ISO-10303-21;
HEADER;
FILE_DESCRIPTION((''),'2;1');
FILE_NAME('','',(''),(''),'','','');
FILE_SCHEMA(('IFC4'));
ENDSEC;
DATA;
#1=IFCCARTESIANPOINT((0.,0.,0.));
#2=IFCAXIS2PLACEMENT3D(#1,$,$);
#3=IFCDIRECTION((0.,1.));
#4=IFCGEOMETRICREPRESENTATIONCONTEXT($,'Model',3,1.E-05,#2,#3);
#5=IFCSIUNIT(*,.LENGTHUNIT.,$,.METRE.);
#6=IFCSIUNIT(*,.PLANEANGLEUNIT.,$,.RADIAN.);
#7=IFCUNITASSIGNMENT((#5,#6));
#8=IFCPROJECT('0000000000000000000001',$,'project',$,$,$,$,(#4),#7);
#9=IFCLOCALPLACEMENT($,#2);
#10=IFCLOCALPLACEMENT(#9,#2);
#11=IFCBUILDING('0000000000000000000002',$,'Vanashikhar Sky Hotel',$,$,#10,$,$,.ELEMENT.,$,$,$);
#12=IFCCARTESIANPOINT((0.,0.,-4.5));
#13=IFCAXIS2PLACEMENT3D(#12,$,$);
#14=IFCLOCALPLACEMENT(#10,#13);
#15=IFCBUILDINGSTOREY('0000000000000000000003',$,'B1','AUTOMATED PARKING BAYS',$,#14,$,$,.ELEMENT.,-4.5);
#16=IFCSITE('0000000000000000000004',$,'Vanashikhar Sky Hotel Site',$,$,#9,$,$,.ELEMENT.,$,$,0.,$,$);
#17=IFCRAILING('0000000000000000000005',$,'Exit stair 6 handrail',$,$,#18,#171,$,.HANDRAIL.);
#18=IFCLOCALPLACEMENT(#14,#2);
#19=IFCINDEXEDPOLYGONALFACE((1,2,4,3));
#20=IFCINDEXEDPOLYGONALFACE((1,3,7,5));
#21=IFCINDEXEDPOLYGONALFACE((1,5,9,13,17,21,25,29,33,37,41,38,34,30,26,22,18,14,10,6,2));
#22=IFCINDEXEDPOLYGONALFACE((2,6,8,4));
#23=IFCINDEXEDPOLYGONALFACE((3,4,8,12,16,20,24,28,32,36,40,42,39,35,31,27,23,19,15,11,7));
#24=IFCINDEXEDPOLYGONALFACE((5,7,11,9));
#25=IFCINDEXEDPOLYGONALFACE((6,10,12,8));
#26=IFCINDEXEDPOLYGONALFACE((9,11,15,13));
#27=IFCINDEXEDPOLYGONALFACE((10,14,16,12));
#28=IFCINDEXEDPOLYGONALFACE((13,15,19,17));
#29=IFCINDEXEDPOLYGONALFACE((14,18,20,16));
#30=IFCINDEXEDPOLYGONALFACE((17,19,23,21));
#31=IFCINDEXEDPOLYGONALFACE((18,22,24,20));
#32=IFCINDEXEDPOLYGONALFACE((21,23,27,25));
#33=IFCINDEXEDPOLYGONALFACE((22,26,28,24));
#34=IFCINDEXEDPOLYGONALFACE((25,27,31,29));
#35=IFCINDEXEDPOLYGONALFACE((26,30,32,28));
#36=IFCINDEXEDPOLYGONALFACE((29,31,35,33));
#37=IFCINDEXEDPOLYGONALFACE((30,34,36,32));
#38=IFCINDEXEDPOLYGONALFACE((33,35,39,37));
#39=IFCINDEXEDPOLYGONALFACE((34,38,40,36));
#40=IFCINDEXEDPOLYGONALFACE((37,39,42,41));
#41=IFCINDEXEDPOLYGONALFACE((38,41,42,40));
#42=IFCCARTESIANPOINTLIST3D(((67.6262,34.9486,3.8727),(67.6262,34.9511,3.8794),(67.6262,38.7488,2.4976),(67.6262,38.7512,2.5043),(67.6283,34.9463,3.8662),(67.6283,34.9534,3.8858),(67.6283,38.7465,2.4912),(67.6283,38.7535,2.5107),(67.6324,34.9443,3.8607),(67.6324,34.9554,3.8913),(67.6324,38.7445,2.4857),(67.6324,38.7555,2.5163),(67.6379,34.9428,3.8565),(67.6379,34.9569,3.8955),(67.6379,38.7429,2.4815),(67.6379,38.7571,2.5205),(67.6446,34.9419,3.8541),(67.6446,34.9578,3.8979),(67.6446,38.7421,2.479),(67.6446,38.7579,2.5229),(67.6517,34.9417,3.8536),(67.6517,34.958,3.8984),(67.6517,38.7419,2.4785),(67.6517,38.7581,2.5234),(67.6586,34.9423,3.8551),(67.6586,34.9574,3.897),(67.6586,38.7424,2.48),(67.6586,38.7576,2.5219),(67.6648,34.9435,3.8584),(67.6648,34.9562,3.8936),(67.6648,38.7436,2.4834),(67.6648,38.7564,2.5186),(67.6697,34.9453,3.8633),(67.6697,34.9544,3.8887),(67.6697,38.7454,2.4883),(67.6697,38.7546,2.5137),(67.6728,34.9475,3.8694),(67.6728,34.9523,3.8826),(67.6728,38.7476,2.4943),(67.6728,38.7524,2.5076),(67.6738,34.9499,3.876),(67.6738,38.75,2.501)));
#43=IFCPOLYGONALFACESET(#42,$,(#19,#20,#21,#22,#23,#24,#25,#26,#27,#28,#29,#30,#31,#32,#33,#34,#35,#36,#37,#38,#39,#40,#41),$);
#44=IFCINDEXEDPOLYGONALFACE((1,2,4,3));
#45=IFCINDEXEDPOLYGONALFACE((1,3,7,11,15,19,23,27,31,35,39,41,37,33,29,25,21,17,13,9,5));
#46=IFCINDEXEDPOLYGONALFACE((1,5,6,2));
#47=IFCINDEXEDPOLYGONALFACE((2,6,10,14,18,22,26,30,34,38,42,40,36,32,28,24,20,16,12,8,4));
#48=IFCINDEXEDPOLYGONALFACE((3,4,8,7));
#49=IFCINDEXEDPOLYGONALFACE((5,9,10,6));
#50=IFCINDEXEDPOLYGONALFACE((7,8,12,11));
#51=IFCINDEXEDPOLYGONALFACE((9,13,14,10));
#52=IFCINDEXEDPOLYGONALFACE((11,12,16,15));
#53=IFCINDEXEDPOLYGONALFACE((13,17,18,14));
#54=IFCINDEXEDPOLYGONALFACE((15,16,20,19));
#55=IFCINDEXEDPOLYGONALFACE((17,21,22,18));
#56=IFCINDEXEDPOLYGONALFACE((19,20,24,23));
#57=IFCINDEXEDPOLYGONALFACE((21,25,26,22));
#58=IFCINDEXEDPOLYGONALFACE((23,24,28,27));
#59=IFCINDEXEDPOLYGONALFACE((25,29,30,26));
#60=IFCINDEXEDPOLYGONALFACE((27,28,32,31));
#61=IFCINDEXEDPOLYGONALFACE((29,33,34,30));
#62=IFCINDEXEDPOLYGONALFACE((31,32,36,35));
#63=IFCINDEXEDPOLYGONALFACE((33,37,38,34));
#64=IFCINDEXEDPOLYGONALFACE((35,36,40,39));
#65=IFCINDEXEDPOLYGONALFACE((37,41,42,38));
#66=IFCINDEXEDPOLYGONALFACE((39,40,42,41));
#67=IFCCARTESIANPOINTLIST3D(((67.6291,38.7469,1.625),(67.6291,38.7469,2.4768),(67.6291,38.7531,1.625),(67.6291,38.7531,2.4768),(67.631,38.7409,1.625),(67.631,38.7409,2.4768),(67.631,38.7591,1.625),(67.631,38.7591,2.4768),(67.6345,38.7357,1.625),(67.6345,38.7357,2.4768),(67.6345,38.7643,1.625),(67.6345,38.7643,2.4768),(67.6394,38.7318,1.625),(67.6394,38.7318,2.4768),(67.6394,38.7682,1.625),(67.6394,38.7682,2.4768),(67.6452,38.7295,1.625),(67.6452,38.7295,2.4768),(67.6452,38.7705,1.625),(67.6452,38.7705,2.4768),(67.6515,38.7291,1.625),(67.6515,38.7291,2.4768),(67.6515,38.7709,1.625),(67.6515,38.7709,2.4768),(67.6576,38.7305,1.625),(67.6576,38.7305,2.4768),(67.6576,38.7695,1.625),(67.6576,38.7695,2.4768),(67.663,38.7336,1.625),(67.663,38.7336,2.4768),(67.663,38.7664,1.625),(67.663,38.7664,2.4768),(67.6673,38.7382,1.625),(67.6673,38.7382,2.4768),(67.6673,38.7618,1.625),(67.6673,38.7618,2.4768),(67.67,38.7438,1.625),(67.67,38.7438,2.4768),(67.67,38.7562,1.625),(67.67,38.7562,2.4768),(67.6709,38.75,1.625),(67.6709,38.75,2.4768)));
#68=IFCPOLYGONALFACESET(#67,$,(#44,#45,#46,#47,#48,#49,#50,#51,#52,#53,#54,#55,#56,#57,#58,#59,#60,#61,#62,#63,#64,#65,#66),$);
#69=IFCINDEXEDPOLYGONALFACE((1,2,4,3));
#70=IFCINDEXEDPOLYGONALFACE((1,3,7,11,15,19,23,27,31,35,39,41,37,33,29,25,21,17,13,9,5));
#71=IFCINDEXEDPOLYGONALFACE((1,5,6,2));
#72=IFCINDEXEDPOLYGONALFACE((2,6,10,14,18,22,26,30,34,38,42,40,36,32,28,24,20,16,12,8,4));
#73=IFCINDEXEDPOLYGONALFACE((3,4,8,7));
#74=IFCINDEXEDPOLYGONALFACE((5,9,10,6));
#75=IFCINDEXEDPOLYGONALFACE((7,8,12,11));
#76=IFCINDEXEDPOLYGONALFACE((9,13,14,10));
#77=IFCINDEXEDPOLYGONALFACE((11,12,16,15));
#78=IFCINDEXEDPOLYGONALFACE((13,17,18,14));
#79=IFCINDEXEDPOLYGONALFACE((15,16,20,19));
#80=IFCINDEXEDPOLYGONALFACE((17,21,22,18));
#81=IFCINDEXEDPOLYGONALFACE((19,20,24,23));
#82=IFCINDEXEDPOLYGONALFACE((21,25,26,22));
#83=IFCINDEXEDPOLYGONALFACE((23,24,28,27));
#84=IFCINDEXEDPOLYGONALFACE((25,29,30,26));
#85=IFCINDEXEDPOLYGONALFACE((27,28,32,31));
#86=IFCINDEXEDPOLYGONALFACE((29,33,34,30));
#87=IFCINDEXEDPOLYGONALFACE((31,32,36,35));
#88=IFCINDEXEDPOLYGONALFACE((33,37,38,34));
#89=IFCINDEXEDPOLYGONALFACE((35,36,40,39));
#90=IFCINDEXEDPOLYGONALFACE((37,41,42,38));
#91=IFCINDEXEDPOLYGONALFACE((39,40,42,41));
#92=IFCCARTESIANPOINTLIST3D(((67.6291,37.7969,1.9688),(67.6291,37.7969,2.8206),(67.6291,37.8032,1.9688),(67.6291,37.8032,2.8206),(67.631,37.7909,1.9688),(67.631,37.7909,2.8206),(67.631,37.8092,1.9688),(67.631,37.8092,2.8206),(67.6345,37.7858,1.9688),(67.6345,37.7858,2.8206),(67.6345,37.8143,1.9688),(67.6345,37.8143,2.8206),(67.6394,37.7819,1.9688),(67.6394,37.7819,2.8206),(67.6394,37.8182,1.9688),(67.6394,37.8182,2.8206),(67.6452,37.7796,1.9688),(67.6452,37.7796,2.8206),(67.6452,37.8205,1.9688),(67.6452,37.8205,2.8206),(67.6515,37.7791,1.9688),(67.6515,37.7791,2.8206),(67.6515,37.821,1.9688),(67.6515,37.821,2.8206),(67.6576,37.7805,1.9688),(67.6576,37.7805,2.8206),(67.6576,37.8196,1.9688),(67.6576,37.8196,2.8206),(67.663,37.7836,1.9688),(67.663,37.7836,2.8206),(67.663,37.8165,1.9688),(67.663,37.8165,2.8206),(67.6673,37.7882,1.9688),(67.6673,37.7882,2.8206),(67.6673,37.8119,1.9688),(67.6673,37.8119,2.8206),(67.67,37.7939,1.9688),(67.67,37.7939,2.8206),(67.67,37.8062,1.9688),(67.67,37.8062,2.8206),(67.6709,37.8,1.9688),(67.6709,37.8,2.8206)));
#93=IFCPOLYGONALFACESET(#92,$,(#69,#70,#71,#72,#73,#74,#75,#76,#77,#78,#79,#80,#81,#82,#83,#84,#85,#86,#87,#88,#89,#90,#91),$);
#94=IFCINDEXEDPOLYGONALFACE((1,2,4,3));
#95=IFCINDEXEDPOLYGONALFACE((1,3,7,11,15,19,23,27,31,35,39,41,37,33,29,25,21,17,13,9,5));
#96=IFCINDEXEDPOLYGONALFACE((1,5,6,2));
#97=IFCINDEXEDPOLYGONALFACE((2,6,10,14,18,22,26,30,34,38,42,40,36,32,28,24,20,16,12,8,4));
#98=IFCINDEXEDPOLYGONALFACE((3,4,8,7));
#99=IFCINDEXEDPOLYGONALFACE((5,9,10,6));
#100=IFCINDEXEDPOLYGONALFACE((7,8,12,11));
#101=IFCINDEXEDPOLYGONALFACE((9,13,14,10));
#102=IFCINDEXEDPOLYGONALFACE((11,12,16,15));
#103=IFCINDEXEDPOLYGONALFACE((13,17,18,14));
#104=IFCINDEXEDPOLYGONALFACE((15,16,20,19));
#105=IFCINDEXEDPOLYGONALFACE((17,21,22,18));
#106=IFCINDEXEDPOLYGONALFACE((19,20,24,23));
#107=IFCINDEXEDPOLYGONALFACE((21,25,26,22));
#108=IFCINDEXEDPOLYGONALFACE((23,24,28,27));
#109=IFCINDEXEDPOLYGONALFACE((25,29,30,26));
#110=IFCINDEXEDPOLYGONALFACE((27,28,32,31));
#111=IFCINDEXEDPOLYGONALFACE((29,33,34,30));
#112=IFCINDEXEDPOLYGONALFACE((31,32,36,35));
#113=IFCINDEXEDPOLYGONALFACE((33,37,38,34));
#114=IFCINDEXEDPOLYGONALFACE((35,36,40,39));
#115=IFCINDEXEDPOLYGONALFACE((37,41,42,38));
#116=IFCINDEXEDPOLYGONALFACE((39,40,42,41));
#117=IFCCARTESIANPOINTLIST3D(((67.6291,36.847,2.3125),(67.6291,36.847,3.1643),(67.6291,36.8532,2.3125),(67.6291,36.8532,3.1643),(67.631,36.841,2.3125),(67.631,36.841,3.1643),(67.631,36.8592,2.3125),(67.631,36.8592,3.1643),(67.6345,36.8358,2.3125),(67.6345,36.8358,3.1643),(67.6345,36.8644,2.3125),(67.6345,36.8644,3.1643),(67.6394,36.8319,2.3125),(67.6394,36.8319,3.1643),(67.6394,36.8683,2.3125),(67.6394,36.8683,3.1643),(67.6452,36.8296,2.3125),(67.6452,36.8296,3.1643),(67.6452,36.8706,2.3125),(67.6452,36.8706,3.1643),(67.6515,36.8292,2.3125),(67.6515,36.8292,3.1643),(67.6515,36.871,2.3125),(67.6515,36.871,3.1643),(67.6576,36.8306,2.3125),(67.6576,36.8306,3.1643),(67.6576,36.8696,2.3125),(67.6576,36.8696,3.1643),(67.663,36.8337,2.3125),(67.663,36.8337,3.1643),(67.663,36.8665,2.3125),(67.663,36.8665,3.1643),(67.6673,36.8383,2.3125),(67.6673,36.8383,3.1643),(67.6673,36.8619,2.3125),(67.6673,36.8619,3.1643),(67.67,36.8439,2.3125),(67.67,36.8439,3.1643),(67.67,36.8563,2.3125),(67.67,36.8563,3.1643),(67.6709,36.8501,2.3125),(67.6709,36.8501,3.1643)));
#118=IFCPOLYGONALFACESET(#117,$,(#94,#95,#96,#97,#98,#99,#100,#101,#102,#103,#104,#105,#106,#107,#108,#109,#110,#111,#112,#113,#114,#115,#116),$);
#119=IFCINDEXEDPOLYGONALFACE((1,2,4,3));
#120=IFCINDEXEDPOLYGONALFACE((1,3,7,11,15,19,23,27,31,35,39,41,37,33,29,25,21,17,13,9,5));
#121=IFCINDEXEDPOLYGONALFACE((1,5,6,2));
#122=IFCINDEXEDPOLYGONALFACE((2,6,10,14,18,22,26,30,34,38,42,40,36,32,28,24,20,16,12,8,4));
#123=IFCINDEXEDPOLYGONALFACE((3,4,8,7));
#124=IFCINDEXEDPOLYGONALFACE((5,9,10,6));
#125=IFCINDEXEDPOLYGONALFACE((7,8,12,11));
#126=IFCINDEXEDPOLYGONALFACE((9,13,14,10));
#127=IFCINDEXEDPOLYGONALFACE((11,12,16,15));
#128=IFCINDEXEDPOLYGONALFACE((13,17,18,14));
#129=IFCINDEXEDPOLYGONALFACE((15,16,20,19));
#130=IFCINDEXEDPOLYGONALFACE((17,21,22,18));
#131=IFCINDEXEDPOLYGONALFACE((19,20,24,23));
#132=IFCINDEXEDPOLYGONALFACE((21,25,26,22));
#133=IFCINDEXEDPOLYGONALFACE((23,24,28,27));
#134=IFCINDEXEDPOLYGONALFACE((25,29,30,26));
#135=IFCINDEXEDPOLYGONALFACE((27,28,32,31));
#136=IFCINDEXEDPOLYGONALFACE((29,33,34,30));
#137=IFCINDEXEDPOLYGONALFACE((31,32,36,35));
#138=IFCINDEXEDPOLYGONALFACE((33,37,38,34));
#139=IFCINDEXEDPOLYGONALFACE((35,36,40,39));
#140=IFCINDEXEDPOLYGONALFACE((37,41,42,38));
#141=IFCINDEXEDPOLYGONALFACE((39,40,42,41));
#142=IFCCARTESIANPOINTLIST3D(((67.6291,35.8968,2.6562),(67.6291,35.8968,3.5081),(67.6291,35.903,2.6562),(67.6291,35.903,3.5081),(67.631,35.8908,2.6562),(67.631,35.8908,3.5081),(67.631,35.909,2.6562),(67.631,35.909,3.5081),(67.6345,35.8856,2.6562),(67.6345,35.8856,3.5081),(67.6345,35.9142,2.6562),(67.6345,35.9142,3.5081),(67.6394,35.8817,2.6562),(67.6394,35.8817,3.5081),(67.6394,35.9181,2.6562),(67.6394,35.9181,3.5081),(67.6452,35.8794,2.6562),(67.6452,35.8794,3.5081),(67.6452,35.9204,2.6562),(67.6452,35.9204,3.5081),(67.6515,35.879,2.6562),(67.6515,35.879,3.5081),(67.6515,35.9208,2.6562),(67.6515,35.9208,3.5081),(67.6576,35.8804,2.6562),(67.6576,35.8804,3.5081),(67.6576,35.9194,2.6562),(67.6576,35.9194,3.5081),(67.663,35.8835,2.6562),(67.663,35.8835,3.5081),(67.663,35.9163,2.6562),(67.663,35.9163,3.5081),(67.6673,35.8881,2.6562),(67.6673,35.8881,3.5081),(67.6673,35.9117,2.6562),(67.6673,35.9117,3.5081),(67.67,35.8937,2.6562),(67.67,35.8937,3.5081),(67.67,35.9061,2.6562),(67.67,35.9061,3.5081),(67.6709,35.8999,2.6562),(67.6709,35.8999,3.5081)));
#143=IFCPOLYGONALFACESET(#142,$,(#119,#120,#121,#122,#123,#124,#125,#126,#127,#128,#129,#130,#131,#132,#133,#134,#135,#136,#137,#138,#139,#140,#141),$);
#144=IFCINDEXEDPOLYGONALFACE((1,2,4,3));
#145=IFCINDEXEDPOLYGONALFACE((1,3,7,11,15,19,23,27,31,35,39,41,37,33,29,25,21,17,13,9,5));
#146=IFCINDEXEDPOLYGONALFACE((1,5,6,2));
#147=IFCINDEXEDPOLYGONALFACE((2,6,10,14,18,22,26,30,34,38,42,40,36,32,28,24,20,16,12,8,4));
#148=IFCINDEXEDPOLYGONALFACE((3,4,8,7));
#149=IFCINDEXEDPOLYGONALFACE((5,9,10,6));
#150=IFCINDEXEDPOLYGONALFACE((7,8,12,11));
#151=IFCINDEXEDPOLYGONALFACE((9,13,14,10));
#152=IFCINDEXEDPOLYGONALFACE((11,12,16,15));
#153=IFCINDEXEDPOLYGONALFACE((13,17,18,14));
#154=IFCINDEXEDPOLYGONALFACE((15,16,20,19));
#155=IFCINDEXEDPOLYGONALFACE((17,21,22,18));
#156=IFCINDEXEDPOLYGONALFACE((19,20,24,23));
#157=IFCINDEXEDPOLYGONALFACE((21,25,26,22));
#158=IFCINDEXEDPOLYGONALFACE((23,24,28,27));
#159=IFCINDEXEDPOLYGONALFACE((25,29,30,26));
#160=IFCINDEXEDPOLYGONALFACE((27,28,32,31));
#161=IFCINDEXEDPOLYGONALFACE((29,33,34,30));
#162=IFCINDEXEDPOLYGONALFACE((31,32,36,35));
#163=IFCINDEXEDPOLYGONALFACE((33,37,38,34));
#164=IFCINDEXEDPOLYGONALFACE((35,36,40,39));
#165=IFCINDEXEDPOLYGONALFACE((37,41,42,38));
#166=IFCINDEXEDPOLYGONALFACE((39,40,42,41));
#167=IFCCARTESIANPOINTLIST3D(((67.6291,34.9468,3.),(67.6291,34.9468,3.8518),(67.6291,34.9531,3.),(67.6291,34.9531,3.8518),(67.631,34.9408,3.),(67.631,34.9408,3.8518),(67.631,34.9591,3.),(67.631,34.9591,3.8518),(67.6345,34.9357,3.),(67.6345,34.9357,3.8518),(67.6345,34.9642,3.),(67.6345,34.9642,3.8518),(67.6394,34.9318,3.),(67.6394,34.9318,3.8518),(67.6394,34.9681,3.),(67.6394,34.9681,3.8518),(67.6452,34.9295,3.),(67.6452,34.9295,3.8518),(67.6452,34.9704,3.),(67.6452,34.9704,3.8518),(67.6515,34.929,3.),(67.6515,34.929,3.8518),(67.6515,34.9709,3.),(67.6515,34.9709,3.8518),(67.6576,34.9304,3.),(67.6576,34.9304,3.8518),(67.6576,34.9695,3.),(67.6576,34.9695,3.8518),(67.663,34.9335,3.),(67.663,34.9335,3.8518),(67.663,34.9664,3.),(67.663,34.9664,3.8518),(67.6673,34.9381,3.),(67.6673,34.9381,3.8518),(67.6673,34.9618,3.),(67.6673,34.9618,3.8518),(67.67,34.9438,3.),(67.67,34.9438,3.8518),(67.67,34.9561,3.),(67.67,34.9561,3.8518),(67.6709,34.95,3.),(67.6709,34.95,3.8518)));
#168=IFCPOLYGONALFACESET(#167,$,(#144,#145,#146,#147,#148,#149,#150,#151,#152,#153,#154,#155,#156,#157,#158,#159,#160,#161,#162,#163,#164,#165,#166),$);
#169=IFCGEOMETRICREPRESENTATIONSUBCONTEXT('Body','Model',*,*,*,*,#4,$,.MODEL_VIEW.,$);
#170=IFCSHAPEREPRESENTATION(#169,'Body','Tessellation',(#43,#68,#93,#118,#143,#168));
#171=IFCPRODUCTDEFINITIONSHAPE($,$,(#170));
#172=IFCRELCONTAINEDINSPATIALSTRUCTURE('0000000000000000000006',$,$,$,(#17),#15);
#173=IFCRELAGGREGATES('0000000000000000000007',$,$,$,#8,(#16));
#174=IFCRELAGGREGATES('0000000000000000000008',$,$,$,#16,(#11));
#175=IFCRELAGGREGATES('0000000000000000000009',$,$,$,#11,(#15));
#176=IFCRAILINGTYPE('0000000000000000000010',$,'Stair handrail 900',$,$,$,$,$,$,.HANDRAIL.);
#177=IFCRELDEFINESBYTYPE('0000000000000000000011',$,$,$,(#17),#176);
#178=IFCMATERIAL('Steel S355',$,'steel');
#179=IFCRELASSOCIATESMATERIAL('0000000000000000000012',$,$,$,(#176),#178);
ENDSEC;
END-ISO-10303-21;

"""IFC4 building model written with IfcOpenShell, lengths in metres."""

from ifc_helpers import new_model, si_unit, direction, frame, origin, origin_2d, place, context, subcontext, project, spatial, circle, extrude, source, transform, mapped, material, type_object, element, save


model = new_model("IFC4")

# Units and contexts
model_context = context("Model", 3, precision=1e-05, world=origin(), true_north=direction((0.0, 1.0)))
body_context = subcontext(model_context, "Body", "Model", "MODEL_VIEW")
ifc_project = project(units=[si_unit("LENGTHUNIT", "METRE"), si_unit("PLANEANGLEUNIT", "RADIAN")], contexts=[model_context])

# Site, building, storey
site_placement = place(None, origin())
site = spatial("IfcSite", under=ifc_project, at=site_placement, Name="Vanashikhar Sky Hotel Site", CompositionType="ELEMENT", RefElevation=0.0)
building_placement = place(site_placement, origin())
building = spatial("IfcBuilding", under=site, at=building_placement, Name="Vanashikhar Sky Hotel", CompositionType="ELEMENT")
storey_placement = place(building_placement, frame((0.0, 0.0, -4.5)))
storey = spatial("IfcBuildingStorey", under=building, at=storey_placement, Name="B1", Description="AUTOMATED PARKING BAYS", CompositionType="ELEMENT", Elevation=-4.5)

# Railing
ifc_material_1 = material(Name="Steel S355", Category="steel")
railing_type_1 = type_object("IfcRailingType", Name="Stair handrail 900", PredefinedType="HANDRAIL", material=ifc_material_1)
shared_shape_1 = source(origin(), body_context, "Body", "SweptSolid", [
    extrude(circle(Radius=0.0239, at=origin_2d()), frame((0.0, 0.0, 0.876), z_axis=(0.0, -0.940336, 0.340249), x_axis=(1.0, 0.0, 0.0)), (0.0, 0.0, 1.0), 4.0413),
    extrude(circle(Radius=0.021, at=origin_2d()), origin(), (0.0, 0.0, 1.0), 0.8518),
    extrude(circle(Radius=0.021, at=origin_2d()), frame((0.0, -0.95, 0.3438)), (0.0, 0.0, 1.0), 0.8518),
    extrude(circle(Radius=0.021, at=origin_2d()), frame((0.0, -1.8999, 0.6875)), (0.0, 0.0, 1.0), 0.8518),
    extrude(circle(Radius=0.021, at=origin_2d()), frame((0.0, -2.8501, 1.0312)), (0.0, 0.0, 1.0), 0.8518),
    extrude(circle(Radius=0.021, at=origin_2d()), frame((0.0, -3.8, 1.375)), (0.0, 0.0, 1.0), 0.8518),
])
railing_1_placement = place(storey_placement, frame((67.6499, 38.75, 1.625)))
element("IfcRailing", 1, at=railing_1_placement, inside=storey, type_object=railing_type_1, Name="Exit stair 6 handrail", PredefinedType="HANDRAIL", context=body_context, shape_type="MappedRepresentation", body=[
    mapped(shared_shape_1, transform((0.0, 0.0, 0.0), scale=1.0)),
])

save(model, "model.ifc")
